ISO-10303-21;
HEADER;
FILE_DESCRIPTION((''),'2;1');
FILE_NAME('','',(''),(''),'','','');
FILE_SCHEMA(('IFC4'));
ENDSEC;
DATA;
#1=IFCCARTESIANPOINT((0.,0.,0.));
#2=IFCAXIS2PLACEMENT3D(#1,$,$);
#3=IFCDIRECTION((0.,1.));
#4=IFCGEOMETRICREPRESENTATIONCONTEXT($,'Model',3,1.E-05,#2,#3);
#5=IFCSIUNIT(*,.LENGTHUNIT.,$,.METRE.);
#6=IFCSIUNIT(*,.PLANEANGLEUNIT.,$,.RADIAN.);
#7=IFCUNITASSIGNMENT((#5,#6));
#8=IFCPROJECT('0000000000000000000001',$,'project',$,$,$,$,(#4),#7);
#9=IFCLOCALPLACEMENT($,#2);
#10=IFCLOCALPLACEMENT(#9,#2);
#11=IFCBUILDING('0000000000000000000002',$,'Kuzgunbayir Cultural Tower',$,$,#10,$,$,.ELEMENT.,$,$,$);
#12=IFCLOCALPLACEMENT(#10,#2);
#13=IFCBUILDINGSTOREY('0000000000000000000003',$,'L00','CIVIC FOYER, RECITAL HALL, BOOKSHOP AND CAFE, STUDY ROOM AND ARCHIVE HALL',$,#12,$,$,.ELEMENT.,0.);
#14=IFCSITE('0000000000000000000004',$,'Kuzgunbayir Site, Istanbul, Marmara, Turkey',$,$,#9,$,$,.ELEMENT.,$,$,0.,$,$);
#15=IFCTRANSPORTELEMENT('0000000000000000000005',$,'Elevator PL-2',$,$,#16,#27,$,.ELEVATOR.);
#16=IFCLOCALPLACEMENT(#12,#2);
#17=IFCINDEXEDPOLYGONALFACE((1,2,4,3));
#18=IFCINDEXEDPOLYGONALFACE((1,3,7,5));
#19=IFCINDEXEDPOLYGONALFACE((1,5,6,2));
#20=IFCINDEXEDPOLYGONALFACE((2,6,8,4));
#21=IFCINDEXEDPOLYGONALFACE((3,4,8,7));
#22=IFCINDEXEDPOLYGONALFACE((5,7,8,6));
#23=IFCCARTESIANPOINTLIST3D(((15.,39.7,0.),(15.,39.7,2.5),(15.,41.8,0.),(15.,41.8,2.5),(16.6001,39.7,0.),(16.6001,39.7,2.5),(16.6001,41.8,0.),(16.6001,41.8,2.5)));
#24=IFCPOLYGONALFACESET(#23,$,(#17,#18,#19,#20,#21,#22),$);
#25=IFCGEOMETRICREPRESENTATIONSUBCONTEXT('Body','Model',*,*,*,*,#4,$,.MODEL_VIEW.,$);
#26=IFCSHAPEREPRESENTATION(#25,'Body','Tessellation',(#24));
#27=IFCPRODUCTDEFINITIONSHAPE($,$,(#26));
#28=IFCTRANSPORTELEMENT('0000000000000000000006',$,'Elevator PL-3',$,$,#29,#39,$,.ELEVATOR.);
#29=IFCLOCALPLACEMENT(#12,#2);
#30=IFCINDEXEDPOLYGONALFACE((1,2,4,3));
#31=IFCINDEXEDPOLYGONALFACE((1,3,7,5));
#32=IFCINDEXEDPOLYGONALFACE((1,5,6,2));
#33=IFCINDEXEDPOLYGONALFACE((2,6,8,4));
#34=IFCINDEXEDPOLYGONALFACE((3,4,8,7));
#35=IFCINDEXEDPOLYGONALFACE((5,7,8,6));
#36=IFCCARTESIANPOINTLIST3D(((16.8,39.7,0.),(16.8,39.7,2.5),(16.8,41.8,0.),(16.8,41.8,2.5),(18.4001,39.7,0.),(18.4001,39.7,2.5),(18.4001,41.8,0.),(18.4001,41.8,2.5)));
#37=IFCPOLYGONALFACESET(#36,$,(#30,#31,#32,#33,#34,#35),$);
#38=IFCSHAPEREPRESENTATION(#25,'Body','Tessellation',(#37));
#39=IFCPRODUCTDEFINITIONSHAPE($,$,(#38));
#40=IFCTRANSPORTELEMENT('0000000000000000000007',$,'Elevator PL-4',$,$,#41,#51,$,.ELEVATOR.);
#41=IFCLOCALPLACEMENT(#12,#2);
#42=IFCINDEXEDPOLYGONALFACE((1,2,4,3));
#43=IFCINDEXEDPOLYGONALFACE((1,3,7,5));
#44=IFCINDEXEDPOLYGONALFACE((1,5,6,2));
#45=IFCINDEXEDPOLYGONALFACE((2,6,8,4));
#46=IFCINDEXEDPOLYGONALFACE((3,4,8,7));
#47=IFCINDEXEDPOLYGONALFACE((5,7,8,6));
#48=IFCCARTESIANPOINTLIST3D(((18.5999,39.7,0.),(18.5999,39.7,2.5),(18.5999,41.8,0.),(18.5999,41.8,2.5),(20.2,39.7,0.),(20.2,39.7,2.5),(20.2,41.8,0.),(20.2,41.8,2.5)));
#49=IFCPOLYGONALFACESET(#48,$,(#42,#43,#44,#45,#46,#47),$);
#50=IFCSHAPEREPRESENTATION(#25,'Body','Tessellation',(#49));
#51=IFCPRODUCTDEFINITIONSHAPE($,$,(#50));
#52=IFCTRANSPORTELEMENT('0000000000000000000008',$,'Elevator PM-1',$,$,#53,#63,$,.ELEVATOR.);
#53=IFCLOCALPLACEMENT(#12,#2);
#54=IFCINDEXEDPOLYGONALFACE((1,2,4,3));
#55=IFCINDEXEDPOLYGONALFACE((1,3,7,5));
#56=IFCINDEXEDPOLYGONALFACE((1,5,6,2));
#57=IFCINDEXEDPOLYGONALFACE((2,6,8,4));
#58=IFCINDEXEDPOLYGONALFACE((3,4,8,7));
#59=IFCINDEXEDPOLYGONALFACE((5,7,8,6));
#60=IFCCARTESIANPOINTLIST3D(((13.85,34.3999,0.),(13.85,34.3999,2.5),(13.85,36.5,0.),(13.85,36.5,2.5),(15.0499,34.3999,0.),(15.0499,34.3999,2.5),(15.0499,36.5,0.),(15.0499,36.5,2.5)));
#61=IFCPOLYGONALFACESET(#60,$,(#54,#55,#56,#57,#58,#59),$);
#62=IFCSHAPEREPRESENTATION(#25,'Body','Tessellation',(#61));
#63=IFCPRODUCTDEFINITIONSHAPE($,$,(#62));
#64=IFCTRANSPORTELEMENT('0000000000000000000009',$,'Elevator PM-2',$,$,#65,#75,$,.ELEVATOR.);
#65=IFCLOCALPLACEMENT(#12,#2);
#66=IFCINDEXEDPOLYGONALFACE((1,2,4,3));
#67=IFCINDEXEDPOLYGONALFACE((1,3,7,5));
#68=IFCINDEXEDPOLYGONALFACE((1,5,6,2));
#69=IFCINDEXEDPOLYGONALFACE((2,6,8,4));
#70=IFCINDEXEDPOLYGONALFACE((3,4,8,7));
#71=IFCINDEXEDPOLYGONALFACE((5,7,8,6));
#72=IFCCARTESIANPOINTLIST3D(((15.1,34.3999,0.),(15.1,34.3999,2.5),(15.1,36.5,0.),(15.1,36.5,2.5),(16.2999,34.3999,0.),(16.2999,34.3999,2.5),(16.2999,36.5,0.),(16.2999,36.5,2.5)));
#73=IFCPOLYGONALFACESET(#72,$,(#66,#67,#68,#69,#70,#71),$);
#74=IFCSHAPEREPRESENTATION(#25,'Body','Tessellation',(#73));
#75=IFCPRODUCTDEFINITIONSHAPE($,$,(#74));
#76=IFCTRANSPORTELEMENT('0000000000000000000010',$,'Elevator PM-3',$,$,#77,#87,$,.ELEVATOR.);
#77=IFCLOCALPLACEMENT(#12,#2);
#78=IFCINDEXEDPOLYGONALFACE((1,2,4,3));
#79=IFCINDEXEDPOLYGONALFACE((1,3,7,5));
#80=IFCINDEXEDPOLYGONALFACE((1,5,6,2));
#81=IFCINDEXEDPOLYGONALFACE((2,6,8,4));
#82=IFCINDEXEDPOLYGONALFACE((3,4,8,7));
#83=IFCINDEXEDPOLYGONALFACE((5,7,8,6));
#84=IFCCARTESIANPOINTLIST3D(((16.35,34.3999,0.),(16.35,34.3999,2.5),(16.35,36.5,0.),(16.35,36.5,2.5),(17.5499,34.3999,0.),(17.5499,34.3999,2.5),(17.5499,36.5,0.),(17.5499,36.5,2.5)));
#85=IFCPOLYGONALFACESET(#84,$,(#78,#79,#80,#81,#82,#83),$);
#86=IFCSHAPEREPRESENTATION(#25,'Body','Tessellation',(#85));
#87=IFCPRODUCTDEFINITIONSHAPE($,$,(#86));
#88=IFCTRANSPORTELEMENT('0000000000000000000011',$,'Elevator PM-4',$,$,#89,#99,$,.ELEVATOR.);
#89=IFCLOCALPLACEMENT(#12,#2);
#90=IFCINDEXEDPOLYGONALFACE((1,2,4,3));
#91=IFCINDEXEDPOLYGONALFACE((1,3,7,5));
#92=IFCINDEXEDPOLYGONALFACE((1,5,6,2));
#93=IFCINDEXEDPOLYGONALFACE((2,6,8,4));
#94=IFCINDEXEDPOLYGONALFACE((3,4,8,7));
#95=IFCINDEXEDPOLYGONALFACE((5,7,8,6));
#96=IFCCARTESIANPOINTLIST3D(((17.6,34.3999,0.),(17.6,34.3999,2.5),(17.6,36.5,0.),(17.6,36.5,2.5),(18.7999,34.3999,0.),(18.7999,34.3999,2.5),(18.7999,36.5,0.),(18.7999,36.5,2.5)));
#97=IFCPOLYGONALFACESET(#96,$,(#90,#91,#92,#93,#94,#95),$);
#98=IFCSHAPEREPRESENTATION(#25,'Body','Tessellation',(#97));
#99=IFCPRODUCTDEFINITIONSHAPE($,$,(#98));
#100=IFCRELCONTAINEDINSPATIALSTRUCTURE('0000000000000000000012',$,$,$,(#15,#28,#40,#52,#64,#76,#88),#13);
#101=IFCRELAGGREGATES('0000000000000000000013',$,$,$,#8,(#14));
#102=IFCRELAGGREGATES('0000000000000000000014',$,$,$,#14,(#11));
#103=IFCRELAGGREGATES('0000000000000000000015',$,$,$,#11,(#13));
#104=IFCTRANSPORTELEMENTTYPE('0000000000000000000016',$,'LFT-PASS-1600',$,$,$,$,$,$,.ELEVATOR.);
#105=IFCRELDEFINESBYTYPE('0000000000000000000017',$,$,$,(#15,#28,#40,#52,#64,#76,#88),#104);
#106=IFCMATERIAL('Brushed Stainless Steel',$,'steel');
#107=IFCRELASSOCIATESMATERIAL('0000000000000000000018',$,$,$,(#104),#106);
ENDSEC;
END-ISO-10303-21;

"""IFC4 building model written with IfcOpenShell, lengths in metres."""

from ifc_helpers import new_model, si_unit, direction, frame, origin, origin_2d, place, context, subcontext, project, spatial, rectangle, extrude, material, type_object, element, save


model = new_model("IFC4")

# Units and contexts
model_context = context("Model", 3, precision=1e-05, world=origin(), true_north=direction((0.0, 1.0)))
body_context = subcontext(model_context, "Body", "Model", "MODEL_VIEW")
ifc_project = project(units=[si_unit("LENGTHUNIT", "METRE"), si_unit("PLANEANGLEUNIT", "RADIAN")], contexts=[model_context])

# Site, building, storey
site_placement = place(None, origin())
site = spatial("IfcSite", under=ifc_project, at=site_placement, Name="Kuzgunbayir Site, Istanbul, Marmara, Turkey", CompositionType="ELEMENT", RefElevation=0.0)
building_placement = place(site_placement, origin())
building = spatial("IfcBuilding", under=site, at=building_placement, Name="Kuzgunbayir Cultural Tower", CompositionType="ELEMENT")
storey_placement = place(building_placement, origin())
storey = spatial("IfcBuildingStorey", under=building, at=storey_placement, Name="L00", Description="CIVIC FOYER, RECITAL HALL, BOOKSHOP AND CAFE, STUDY ROOM AND ARCHIVE HALL", CompositionType="ELEMENT", Elevation=0.0)

# Shared definitions
ifc_material_1 = material(Name="Brushed Stainless Steel", Category="steel")

# Transport elements
transport_element_type = type_object("IfcTransportElementType", Name="LFT-PASS-1600", PredefinedType="ELEVATOR", material=ifc_material_1)
for number, where, z_axis, x_axis, name in (
    (1, (15.8, 40.75, 0.0), (0.0, 0.0, 1.0), (1.0, 0.0, 0.0), "Elevator PL-2"),
    (2, (17.6001, 40.75, 0.0), (0.0, 0.0, 1.0), (1.0, 0.0, 0.0), "Elevator PL-3"),
    (3, (19.3999, 40.75, 0.0), (0.0, 0.0, 1.0), (1.0, 0.0, 0.0), "Elevator PL-4"),
):
    element("IfcTransportElement", number, at=place(storey_placement, frame(where, z_axis=z_axis, x_axis=x_axis)), inside=storey, type_object=transport_element_type, Name=name, PredefinedType="ELEVATOR", context=body_context, shape_type="SweptSolid", body=[
        extrude(rectangle(XDim=1.6001, YDim=2.1001, at=origin_2d()), origin(), (0.0, 0.0, 1.0), 2.5),
    ])
for number, where, z_axis, x_axis, name in (
    (4, (14.45, 35.45, 0.0), (0.0, 0.0, 1.0), (1.0, 0.0, 0.0), "Elevator PM-1"),
    (5, (15.7, 35.45, 0.0), (0.0, 0.0, 1.0), (1.0, 0.0, 0.0), "Elevator PM-2"),
    (6, (16.95, 35.45, 0.0), (0.0, 0.0, 1.0), (1.0, 0.0, 0.0), "Elevator PM-3"),
    (7, (18.2, 35.45, 0.0), (0.0, 0.0, 1.0), (1.0, 0.0, 0.0), "Elevator PM-4"),
):
    element("IfcTransportElement", number, at=place(storey_placement, frame(where, z_axis=z_axis, x_axis=x_axis)), inside=storey, type_object=transport_element_type, Name=name, PredefinedType="ELEVATOR", context=body_context, shape_type="SweptSolid", body=[
        extrude(rectangle(XDim=1.2, YDim=2.1001, at=origin_2d()), origin(), (0.0, 0.0, 1.0), 2.5),
    ])

save(model, "model.ifc")
